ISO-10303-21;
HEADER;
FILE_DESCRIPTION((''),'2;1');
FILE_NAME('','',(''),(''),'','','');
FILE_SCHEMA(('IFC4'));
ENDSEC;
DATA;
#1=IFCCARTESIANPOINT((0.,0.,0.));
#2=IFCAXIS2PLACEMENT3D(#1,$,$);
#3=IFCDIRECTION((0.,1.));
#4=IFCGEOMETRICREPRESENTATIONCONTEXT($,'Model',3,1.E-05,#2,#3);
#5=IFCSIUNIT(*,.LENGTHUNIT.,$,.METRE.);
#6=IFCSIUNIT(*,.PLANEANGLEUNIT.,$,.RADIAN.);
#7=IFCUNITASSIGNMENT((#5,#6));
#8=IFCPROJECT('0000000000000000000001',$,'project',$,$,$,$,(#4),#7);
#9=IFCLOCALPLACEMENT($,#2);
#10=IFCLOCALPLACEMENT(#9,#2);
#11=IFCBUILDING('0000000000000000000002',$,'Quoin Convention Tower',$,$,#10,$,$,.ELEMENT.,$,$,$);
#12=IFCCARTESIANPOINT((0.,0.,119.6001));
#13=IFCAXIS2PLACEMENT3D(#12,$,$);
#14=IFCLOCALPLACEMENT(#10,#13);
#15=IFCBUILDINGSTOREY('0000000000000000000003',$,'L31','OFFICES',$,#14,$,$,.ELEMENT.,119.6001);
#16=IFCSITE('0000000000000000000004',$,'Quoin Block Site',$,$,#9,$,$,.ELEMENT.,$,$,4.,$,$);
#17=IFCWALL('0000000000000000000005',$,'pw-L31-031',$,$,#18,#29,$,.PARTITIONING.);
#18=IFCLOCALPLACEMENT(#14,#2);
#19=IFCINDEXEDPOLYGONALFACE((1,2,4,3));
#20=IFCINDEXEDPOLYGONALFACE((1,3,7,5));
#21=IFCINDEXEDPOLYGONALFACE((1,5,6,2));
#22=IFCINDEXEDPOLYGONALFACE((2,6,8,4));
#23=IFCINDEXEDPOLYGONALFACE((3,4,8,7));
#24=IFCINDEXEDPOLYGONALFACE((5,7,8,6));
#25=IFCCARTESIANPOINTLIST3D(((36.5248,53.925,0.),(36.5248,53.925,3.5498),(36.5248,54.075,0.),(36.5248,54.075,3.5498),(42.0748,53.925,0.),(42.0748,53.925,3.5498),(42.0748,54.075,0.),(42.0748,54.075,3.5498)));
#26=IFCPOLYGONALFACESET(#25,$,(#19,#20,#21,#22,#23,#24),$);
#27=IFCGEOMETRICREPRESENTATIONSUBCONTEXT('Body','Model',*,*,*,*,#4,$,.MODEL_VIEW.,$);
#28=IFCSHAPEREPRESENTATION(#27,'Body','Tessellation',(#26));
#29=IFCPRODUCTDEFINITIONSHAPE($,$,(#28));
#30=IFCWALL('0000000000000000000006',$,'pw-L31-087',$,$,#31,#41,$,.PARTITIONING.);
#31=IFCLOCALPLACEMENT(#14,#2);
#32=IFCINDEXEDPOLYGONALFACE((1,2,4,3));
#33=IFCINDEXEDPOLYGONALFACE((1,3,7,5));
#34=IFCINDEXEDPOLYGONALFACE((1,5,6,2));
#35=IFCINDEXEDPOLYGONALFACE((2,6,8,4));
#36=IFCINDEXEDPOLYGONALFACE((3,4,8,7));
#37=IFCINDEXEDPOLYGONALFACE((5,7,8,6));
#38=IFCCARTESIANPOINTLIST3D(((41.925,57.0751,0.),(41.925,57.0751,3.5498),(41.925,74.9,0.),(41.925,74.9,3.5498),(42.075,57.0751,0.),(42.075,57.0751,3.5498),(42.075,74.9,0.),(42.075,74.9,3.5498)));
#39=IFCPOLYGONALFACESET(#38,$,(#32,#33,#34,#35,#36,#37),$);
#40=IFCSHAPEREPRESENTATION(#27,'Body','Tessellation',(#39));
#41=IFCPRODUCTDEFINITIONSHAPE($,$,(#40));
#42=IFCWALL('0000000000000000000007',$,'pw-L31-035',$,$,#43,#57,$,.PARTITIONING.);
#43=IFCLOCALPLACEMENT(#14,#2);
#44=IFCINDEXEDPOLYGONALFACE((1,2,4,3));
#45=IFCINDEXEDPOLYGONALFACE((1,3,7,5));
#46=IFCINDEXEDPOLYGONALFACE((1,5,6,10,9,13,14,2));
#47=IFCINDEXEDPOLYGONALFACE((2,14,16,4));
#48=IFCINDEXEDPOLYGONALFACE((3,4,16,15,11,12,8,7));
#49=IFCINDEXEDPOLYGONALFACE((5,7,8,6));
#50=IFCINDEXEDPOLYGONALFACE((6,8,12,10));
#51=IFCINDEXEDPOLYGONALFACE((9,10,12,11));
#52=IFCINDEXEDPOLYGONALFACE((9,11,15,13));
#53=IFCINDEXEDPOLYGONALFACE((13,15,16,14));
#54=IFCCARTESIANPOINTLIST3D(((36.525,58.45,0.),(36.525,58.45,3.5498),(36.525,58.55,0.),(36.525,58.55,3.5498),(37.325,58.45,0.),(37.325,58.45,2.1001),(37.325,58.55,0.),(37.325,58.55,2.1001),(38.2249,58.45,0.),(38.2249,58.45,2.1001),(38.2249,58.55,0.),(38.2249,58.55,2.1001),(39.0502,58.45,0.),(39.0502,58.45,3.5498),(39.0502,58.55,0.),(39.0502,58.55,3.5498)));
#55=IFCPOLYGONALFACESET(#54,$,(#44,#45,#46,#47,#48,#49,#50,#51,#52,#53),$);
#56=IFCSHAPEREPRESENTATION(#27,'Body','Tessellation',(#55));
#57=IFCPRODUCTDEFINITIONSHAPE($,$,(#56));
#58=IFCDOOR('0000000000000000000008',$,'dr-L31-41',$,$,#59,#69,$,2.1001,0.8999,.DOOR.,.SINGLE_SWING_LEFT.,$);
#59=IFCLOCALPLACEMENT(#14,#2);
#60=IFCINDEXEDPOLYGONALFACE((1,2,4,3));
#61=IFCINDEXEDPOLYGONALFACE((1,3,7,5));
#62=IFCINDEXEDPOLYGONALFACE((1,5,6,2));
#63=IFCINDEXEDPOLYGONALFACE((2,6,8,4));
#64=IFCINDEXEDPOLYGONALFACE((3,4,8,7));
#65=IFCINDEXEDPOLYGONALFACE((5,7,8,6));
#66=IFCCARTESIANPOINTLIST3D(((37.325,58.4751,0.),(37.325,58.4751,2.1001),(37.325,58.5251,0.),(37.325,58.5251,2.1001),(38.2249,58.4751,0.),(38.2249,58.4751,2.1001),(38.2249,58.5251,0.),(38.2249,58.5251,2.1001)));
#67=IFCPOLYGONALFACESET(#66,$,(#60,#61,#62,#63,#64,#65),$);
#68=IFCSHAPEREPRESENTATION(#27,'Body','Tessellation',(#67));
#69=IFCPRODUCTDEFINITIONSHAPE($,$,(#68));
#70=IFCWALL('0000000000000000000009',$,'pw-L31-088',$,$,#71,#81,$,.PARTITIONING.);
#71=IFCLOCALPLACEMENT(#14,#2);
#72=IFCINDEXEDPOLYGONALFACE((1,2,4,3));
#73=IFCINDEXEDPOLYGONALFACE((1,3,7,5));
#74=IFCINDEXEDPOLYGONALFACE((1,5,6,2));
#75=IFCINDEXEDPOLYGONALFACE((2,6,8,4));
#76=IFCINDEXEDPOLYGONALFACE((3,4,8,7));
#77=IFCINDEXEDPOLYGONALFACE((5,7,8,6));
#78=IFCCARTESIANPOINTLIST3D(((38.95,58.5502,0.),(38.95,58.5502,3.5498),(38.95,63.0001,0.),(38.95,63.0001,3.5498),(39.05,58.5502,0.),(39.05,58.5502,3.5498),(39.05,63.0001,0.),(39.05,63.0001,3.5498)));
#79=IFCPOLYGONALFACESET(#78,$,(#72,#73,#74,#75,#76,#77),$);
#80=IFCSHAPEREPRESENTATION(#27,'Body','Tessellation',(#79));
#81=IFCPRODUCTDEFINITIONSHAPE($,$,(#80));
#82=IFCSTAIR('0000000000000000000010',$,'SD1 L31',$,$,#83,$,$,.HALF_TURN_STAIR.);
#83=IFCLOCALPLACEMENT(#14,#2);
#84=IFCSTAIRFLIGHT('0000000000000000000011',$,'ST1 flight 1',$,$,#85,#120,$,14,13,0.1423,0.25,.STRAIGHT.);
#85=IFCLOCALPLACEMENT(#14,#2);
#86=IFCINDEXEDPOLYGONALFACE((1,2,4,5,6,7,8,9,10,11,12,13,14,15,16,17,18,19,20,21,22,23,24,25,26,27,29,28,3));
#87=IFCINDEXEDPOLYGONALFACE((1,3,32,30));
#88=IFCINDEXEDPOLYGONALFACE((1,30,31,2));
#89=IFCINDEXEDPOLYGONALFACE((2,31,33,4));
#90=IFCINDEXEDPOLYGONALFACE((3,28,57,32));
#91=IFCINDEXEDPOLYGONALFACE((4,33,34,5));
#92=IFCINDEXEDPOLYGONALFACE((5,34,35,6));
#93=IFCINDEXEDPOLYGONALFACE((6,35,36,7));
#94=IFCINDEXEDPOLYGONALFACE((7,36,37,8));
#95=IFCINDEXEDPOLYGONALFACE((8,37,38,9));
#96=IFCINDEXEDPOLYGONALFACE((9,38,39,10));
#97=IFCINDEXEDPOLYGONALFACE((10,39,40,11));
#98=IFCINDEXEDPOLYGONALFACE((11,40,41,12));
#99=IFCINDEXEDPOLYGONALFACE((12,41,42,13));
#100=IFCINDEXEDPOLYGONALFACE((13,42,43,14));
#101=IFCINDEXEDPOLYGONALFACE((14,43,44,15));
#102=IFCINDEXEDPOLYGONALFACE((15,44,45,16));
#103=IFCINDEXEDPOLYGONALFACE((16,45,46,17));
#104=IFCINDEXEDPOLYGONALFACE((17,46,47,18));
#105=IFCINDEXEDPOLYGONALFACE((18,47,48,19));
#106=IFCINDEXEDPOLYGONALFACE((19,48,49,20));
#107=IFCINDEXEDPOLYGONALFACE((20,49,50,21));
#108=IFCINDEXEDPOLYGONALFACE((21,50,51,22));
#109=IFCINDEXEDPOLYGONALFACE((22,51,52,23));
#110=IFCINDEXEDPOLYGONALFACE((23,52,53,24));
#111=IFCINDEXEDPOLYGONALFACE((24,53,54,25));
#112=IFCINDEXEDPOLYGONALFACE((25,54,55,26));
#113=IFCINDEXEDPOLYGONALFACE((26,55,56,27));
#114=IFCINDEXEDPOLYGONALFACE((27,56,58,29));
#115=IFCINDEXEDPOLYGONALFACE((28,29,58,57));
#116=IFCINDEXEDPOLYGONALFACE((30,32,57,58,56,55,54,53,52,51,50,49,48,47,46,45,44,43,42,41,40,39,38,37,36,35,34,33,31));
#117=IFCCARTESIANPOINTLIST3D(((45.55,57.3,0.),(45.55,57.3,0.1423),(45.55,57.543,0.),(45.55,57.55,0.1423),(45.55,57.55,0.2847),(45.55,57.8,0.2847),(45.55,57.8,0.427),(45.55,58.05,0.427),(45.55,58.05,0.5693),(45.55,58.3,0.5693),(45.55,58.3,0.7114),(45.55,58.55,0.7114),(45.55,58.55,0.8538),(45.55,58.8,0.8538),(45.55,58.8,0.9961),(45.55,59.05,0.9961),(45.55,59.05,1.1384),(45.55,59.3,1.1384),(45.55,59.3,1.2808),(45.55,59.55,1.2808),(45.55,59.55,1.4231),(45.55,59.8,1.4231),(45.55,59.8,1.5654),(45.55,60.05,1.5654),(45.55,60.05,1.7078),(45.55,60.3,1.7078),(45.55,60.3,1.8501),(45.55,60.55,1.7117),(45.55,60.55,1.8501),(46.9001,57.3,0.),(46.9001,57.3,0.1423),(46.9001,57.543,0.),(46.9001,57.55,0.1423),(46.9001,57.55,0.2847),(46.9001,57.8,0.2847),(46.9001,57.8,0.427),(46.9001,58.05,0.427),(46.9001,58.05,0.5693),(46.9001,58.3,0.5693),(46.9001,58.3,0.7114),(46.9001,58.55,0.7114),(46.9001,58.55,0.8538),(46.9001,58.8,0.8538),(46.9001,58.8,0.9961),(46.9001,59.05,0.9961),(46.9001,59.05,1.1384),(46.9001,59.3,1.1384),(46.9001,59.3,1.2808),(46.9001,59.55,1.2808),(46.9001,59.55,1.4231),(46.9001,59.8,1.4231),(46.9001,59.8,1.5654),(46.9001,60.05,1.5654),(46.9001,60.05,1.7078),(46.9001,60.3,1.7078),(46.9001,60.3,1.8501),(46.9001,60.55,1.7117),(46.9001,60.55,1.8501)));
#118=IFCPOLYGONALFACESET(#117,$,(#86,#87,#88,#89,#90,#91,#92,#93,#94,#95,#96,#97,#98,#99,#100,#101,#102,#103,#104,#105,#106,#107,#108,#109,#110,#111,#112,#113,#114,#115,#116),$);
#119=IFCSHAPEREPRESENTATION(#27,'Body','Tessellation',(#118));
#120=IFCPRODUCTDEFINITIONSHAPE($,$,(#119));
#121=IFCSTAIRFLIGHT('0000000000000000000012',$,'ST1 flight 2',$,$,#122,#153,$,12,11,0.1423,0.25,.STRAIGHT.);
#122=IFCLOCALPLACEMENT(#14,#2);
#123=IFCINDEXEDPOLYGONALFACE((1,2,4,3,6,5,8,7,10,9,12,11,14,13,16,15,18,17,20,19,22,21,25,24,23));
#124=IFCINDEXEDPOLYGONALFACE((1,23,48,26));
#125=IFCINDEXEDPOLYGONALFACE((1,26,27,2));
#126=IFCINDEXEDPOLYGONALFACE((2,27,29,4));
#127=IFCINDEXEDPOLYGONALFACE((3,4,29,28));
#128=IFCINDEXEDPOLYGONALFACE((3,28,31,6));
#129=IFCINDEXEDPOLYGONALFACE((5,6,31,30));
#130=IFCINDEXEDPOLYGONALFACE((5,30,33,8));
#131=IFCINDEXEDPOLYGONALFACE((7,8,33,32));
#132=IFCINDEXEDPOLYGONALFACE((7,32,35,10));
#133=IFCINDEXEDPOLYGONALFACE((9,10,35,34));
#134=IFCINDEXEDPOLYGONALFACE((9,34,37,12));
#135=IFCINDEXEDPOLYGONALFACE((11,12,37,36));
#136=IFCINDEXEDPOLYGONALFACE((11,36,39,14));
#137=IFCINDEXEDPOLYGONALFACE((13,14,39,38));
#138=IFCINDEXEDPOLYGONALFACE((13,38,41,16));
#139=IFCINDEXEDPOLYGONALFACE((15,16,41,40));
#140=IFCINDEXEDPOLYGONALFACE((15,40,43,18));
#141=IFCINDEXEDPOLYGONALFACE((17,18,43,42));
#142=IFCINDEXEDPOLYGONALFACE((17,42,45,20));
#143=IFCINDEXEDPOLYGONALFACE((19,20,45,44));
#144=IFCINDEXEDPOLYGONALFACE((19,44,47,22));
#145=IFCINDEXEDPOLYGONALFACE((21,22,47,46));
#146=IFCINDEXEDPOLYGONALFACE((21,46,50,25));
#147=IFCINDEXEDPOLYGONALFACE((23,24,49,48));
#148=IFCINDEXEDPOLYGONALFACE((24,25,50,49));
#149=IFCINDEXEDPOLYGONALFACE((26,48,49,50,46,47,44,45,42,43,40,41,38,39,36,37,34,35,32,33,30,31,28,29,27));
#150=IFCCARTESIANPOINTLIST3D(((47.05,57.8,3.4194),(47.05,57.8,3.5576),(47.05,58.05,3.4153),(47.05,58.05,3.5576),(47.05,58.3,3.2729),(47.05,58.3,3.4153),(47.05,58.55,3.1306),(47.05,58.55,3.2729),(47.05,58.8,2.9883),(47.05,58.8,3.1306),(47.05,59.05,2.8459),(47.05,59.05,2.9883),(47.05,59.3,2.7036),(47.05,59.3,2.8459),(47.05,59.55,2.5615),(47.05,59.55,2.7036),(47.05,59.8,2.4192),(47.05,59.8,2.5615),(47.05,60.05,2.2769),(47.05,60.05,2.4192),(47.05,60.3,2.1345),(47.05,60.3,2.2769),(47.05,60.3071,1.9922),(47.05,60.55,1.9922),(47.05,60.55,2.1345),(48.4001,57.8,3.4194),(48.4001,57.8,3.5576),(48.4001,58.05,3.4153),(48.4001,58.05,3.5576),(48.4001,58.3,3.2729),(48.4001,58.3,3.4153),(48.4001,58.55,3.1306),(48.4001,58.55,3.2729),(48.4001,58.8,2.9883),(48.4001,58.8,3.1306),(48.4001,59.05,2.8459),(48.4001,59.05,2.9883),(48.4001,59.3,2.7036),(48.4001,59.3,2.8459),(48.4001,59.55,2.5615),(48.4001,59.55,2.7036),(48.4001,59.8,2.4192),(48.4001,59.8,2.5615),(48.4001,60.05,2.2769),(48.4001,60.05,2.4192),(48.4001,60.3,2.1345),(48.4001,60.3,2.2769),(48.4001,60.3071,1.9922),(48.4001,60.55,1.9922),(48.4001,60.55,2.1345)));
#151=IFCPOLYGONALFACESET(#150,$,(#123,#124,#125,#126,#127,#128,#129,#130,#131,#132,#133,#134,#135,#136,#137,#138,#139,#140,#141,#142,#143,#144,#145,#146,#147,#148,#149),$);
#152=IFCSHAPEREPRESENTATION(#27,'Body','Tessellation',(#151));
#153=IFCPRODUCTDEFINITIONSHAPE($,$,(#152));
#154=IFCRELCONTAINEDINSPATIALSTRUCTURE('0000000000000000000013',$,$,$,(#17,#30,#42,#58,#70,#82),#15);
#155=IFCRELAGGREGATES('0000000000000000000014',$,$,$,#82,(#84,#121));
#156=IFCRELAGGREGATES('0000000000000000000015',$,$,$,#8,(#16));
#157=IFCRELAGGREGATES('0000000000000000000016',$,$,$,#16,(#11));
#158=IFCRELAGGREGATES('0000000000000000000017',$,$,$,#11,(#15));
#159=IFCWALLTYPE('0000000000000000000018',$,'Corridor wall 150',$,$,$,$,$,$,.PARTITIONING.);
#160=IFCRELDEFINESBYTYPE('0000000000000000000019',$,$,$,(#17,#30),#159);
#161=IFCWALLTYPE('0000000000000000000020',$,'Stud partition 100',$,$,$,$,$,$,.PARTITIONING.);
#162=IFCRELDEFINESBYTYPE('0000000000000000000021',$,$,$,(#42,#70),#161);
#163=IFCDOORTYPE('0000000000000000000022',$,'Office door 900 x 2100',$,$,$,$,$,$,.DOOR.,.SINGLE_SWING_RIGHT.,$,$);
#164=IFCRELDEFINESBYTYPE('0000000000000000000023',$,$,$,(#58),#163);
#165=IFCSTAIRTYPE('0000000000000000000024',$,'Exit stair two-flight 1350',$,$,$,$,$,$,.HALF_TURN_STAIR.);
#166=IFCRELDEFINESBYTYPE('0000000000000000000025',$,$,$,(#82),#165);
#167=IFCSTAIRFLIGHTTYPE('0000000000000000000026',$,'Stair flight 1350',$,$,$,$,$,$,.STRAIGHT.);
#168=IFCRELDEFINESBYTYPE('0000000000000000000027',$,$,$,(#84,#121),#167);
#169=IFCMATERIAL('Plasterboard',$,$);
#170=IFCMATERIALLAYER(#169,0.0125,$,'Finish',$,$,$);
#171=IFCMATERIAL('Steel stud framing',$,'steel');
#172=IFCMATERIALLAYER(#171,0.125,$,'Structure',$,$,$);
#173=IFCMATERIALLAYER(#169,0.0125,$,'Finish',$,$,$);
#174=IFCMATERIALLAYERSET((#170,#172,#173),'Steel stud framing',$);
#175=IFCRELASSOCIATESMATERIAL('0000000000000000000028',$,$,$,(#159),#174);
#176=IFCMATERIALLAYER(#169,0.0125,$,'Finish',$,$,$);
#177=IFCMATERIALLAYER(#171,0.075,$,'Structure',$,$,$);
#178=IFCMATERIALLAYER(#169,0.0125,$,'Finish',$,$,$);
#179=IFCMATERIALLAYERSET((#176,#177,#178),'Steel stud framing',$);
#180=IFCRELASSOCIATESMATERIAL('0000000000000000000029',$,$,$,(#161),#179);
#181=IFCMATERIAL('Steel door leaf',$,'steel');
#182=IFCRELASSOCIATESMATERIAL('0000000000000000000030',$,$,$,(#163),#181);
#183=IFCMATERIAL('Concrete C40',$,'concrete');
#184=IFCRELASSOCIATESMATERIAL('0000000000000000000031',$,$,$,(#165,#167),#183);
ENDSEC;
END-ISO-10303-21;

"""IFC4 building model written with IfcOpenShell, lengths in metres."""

from ifc_helpers import new_model, si_unit, direction, frame, frame_2d, origin, place, context, subcontext, project, spatial, polyline, rectangle, outline, extrude, material, layer, layer_set, type_object, element, fill, aggregate, save


model = new_model("IFC4")

# Units and contexts
model_context = context("Model", 3, precision=1e-05, world=origin(), true_north=direction((0.0, 1.0)))
body_context = subcontext(model_context, "Body", "Model", "MODEL_VIEW")
ifc_project = project(units=[si_unit("LENGTHUNIT", "METRE"), si_unit("PLANEANGLEUNIT", "RADIAN")], contexts=[model_context])

# Site, building, storey
site_placement = place(None, origin())
site = spatial("IfcSite", under=ifc_project, at=site_placement, Name="Quoin Block Site", CompositionType="ELEMENT", RefElevation=4.0)
building_placement = place(site_placement, origin())
building = spatial("IfcBuilding", under=site, at=building_placement, Name="Quoin Convention Tower", CompositionType="ELEMENT")
storey_placement = place(building_placement, frame((0.0, 0.0, 119.6001)))
storey = spatial("IfcBuildingStorey", under=building, at=storey_placement, Name="L31", Description="OFFICES", CompositionType="ELEMENT", Elevation=119.6001)

# Shared definitions
ifc_material_1 = material(Name="Plasterboard")
ifc_material_2 = material(Name="Steel stud framing", Category="steel")

# Shared definitions
ifc_material_3 = material(Name="Steel door leaf", Category="steel")

# Walls
ifc_layer_1 = layer(ifc_material_1, 0.0125, Name="Finish")
ifc_layer_2 = layer(ifc_material_2, 0.125, Name="Structure")
ifc_layer_3 = layer(ifc_material_1, 0.0125, Name="Finish")
ifc_layer_set_1 = layer_set([ifc_layer_1, ifc_layer_2, ifc_layer_3], Name="Steel stud framing")
wall_type_1 = type_object("IfcWallType", Name="Corridor wall 150", PredefinedType="PARTITIONING", material=ifc_layer_set_1)
wall_1_placement = place(storey_placement, frame((36.5249, 54.0, 0.0), z_axis=(0.0, 0.0, 1.0), x_axis=(1.0, 0.0, 0.0)))
element("IfcWall", 1, at=wall_1_placement, inside=storey, type_object=wall_type_1, Name="pw-L31-031", PredefinedType="PARTITIONING", context=body_context, shape_type="SweptSolid", body=[
    extrude(rectangle(XDim=5.55, YDim=0.1499, at=frame_2d((2.7749, 0.0))), origin(), (0.0, 0.0, 1.0), 3.5498),
])
wall_2_placement = place(storey_placement, frame((42.0, 57.075, 0.0), z_axis=(0.0, 0.0, 1.0), x_axis=(0.0, 1.0, 0.0)))
element("IfcWall", 2, at=wall_2_placement, inside=storey, type_object=wall_type_1, Name="pw-L31-087", PredefinedType="PARTITIONING", context=body_context, shape_type="SweptSolid", body=[
    extrude(rectangle(XDim=17.825, YDim=0.1499, at=frame_2d((8.9126, 0.0))), origin(), (0.0, 0.0, 1.0), 3.5498),
])

# Wall, opening, door
ifc_layer_4 = layer(ifc_material_1, 0.0125, Name="Finish")
ifc_layer_5 = layer(ifc_material_2, 0.075, Name="Structure")
ifc_layer_6 = layer(ifc_material_1, 0.0125, Name="Finish")
ifc_layer_set_2 = layer_set([ifc_layer_4, ifc_layer_5, ifc_layer_6], Name="Steel stud framing")
wall_type_2 = type_object("IfcWallType", Name="Stud partition 100", PredefinedType="PARTITIONING", material=ifc_layer_set_2)
wall_3_placement = place(storey_placement, frame((36.5249, 58.5, 0.0), z_axis=(0.0, 0.0, 1.0), x_axis=(1.0, 0.0, 0.0)))
wall_3 = element("IfcWall", 3, at=wall_3_placement, inside=storey, type_object=wall_type_2, Name="pw-L31-035", PredefinedType="PARTITIONING", context=body_context, shape_type="SweptSolid", body=[
    extrude(rectangle(XDim=2.5251, YDim=0.1001, at=frame_2d((1.2627, 0.0))), origin(), (0.0, 0.0, 1.0), 3.5498),
])
opening_1_placement = place(wall_3_placement, frame((0.8, 0.0, 0.0)))
opening_1 = element("IfcOpeningElement", 4, at=opening_1_placement, cuts=wall_3, PredefinedType="OPENING", context=body_context, shape_type="SweptSolid", body=[
    extrude(rectangle(XDim=0.8999, YDim=2.1001, at=frame_2d((0.45, 1.05))), frame((0.0, 0.0601, 0.0), z_axis=(0.0, -1.0, 0.0), x_axis=(1.0, 0.0, 0.0)), (0.0, 0.0, 1.0), 0.1201),
])
door_type_1 = type_object("IfcDoorType", Name="Office door 900 x 2100", OperationType="SINGLE_SWING_RIGHT", PredefinedType="DOOR", material=ifc_material_3)
door_1_placement = place(opening_1_placement, frame((0.8999, 0.0, 0.0), z_axis=(0.0, 0.0, 1.0), x_axis=(-1.0, 0.0, 0.0)))
door_1 = element("IfcDoor", 5, at=door_1_placement, inside=storey, type_object=door_type_1, Name="dr-L31-41", OperationType="SINGLE_SWING_LEFT", OverallHeight=2.1001, OverallWidth=0.8999, PredefinedType="DOOR", context=body_context, shape_type="SweptSolid", body=[
    extrude(rectangle(XDim=0.8999, YDim=2.1001, at=frame_2d((0.45, 1.05))), frame((0.0, 0.0249, 0.0), z_axis=(0.0, -1.0, 0.0), x_axis=(1.0, 0.0, 0.0)), (0.0, 0.0, 1.0), 0.05),
])
fill(opening_1, door_1)

# Wall
wall_4_placement = place(storey_placement, frame((39.0, 58.55, 0.0), z_axis=(0.0, 0.0, 1.0), x_axis=(0.0, 1.0, 0.0)))
element("IfcWall", 6, at=wall_4_placement, inside=storey, type_object=wall_type_2, Name="pw-L31-088", PredefinedType="PARTITIONING", context=body_context, shape_type="SweptSolid", body=[
    extrude(rectangle(XDim=4.45, YDim=0.1001, at=frame_2d((2.2251, 0.0))), origin(), (0.0, 0.0, 1.0), 3.5498),
])

# Stair, stair flights
ifc_material_4 = material(Name="Concrete C40", Category="concrete")
stair_type = type_object("IfcStairType", Name="Exit stair two-flight 1350", PredefinedType="HALF_TURN_STAIR", material=ifc_material_4)
stair_placement = place(storey_placement, origin())
stair = element("IfcStair", 7, at=stair_placement, inside=storey, type_object=stair_type, Name="SD1 L31", PredefinedType="HALF_TURN_STAIR")
stair_flight_type = type_object("IfcStairFlightType", Name="Stair flight 1350", PredefinedType="STRAIGHT", material=ifc_material_4)
stair_flight_1_placement = place(storey_placement, frame((46.2251, 57.3, 0.0), z_axis=(0.0, 0.0, 1.0), x_axis=(0.0, 1.0, 0.0)))
stair_flight_1 = element("IfcStairFlight", 8, at=stair_flight_1_placement, type_object=stair_flight_type, Name="ST1 flight 1", NumberOfRisers=14, NumberOfTreads=13, PredefinedType="STRAIGHT", RiserHeight=0.1423, TreadLength=0.25, context=body_context, shape_type="SweptSolid", body=[
    extrude(outline(polyline([(0.0, 0.0), (0.0, 0.1423), (0.25, 0.1423), (0.25, 0.2847), (0.5, 0.2847), (0.5, 0.427), (0.75, 0.427), (0.75, 0.5693), (1.0, 0.5693), (1.0, 0.7114), (1.25, 0.7114), (1.25, 0.8538), (1.5, 0.8538), (1.5, 0.9961), (1.75, 0.9961), (1.75, 1.1384), (2.0, 1.1384), (2.0, 1.2808), (2.25, 1.2808), (2.25, 1.4231), (2.5, 1.4231), (2.5, 1.5654), (2.75, 1.5654), (2.75, 1.7078), (3.0, 1.7078), (3.0, 1.8501), (3.25, 1.8501), (3.25, 1.9922), (3.25, 1.7117), (0.2429, 0.0), (0.0, 0.0)])), frame((0.0, 0.675, 0.0), z_axis=(0.0, -1.0, 0.0), x_axis=(1.0, 0.0, 0.0)), (0.0, 0.0, 1.0), 1.3501),
])
stair_flight_2_placement = place(storey_placement, frame((47.7251, 60.55, 1.9922), z_axis=(0.0, 0.0, 1.0), x_axis=(0.0, -1.0, 0.0)))
stair_flight_2 = element("IfcStairFlight", 9, at=stair_flight_2_placement, type_object=stair_flight_type, Name="ST1 flight 2", NumberOfRisers=12, NumberOfTreads=11, PredefinedType="STRAIGHT", RiserHeight=0.1423, TreadLength=0.25, context=body_context, shape_type="SweptSolid", body=[
    extrude(outline(polyline([(0.0, 0.0), (0.0, 0.1423), (0.25, 0.1423), (0.25, 0.2847), (0.5, 0.2847), (0.5, 0.427), (0.75, 0.427), (0.75, 0.5693), (1.0, 0.5693), (1.0, 0.7114), (1.25, 0.7114), (1.25, 0.8538), (1.5, 0.8538), (1.5, 0.9961), (1.75, 0.9961), (1.75, 1.1384), (2.0, 1.1384), (2.0, 1.2808), (2.25, 1.2808), (2.25, 1.4231), (2.5, 1.4231), (2.5, 1.5654), (2.75, 1.5654), (2.75, 1.7078), (2.75, 1.4272), (0.2429, 0.0), (0.0, 0.0)])), frame((0.0, 0.675, 0.0), z_axis=(0.0, -1.0, 0.0), x_axis=(1.0, 0.0, 0.0)), (0.0, 0.0, 1.0), 1.3501),
])
aggregate(stair, [stair_flight_1, stair_flight_2])

save(model, "model.ifc")
